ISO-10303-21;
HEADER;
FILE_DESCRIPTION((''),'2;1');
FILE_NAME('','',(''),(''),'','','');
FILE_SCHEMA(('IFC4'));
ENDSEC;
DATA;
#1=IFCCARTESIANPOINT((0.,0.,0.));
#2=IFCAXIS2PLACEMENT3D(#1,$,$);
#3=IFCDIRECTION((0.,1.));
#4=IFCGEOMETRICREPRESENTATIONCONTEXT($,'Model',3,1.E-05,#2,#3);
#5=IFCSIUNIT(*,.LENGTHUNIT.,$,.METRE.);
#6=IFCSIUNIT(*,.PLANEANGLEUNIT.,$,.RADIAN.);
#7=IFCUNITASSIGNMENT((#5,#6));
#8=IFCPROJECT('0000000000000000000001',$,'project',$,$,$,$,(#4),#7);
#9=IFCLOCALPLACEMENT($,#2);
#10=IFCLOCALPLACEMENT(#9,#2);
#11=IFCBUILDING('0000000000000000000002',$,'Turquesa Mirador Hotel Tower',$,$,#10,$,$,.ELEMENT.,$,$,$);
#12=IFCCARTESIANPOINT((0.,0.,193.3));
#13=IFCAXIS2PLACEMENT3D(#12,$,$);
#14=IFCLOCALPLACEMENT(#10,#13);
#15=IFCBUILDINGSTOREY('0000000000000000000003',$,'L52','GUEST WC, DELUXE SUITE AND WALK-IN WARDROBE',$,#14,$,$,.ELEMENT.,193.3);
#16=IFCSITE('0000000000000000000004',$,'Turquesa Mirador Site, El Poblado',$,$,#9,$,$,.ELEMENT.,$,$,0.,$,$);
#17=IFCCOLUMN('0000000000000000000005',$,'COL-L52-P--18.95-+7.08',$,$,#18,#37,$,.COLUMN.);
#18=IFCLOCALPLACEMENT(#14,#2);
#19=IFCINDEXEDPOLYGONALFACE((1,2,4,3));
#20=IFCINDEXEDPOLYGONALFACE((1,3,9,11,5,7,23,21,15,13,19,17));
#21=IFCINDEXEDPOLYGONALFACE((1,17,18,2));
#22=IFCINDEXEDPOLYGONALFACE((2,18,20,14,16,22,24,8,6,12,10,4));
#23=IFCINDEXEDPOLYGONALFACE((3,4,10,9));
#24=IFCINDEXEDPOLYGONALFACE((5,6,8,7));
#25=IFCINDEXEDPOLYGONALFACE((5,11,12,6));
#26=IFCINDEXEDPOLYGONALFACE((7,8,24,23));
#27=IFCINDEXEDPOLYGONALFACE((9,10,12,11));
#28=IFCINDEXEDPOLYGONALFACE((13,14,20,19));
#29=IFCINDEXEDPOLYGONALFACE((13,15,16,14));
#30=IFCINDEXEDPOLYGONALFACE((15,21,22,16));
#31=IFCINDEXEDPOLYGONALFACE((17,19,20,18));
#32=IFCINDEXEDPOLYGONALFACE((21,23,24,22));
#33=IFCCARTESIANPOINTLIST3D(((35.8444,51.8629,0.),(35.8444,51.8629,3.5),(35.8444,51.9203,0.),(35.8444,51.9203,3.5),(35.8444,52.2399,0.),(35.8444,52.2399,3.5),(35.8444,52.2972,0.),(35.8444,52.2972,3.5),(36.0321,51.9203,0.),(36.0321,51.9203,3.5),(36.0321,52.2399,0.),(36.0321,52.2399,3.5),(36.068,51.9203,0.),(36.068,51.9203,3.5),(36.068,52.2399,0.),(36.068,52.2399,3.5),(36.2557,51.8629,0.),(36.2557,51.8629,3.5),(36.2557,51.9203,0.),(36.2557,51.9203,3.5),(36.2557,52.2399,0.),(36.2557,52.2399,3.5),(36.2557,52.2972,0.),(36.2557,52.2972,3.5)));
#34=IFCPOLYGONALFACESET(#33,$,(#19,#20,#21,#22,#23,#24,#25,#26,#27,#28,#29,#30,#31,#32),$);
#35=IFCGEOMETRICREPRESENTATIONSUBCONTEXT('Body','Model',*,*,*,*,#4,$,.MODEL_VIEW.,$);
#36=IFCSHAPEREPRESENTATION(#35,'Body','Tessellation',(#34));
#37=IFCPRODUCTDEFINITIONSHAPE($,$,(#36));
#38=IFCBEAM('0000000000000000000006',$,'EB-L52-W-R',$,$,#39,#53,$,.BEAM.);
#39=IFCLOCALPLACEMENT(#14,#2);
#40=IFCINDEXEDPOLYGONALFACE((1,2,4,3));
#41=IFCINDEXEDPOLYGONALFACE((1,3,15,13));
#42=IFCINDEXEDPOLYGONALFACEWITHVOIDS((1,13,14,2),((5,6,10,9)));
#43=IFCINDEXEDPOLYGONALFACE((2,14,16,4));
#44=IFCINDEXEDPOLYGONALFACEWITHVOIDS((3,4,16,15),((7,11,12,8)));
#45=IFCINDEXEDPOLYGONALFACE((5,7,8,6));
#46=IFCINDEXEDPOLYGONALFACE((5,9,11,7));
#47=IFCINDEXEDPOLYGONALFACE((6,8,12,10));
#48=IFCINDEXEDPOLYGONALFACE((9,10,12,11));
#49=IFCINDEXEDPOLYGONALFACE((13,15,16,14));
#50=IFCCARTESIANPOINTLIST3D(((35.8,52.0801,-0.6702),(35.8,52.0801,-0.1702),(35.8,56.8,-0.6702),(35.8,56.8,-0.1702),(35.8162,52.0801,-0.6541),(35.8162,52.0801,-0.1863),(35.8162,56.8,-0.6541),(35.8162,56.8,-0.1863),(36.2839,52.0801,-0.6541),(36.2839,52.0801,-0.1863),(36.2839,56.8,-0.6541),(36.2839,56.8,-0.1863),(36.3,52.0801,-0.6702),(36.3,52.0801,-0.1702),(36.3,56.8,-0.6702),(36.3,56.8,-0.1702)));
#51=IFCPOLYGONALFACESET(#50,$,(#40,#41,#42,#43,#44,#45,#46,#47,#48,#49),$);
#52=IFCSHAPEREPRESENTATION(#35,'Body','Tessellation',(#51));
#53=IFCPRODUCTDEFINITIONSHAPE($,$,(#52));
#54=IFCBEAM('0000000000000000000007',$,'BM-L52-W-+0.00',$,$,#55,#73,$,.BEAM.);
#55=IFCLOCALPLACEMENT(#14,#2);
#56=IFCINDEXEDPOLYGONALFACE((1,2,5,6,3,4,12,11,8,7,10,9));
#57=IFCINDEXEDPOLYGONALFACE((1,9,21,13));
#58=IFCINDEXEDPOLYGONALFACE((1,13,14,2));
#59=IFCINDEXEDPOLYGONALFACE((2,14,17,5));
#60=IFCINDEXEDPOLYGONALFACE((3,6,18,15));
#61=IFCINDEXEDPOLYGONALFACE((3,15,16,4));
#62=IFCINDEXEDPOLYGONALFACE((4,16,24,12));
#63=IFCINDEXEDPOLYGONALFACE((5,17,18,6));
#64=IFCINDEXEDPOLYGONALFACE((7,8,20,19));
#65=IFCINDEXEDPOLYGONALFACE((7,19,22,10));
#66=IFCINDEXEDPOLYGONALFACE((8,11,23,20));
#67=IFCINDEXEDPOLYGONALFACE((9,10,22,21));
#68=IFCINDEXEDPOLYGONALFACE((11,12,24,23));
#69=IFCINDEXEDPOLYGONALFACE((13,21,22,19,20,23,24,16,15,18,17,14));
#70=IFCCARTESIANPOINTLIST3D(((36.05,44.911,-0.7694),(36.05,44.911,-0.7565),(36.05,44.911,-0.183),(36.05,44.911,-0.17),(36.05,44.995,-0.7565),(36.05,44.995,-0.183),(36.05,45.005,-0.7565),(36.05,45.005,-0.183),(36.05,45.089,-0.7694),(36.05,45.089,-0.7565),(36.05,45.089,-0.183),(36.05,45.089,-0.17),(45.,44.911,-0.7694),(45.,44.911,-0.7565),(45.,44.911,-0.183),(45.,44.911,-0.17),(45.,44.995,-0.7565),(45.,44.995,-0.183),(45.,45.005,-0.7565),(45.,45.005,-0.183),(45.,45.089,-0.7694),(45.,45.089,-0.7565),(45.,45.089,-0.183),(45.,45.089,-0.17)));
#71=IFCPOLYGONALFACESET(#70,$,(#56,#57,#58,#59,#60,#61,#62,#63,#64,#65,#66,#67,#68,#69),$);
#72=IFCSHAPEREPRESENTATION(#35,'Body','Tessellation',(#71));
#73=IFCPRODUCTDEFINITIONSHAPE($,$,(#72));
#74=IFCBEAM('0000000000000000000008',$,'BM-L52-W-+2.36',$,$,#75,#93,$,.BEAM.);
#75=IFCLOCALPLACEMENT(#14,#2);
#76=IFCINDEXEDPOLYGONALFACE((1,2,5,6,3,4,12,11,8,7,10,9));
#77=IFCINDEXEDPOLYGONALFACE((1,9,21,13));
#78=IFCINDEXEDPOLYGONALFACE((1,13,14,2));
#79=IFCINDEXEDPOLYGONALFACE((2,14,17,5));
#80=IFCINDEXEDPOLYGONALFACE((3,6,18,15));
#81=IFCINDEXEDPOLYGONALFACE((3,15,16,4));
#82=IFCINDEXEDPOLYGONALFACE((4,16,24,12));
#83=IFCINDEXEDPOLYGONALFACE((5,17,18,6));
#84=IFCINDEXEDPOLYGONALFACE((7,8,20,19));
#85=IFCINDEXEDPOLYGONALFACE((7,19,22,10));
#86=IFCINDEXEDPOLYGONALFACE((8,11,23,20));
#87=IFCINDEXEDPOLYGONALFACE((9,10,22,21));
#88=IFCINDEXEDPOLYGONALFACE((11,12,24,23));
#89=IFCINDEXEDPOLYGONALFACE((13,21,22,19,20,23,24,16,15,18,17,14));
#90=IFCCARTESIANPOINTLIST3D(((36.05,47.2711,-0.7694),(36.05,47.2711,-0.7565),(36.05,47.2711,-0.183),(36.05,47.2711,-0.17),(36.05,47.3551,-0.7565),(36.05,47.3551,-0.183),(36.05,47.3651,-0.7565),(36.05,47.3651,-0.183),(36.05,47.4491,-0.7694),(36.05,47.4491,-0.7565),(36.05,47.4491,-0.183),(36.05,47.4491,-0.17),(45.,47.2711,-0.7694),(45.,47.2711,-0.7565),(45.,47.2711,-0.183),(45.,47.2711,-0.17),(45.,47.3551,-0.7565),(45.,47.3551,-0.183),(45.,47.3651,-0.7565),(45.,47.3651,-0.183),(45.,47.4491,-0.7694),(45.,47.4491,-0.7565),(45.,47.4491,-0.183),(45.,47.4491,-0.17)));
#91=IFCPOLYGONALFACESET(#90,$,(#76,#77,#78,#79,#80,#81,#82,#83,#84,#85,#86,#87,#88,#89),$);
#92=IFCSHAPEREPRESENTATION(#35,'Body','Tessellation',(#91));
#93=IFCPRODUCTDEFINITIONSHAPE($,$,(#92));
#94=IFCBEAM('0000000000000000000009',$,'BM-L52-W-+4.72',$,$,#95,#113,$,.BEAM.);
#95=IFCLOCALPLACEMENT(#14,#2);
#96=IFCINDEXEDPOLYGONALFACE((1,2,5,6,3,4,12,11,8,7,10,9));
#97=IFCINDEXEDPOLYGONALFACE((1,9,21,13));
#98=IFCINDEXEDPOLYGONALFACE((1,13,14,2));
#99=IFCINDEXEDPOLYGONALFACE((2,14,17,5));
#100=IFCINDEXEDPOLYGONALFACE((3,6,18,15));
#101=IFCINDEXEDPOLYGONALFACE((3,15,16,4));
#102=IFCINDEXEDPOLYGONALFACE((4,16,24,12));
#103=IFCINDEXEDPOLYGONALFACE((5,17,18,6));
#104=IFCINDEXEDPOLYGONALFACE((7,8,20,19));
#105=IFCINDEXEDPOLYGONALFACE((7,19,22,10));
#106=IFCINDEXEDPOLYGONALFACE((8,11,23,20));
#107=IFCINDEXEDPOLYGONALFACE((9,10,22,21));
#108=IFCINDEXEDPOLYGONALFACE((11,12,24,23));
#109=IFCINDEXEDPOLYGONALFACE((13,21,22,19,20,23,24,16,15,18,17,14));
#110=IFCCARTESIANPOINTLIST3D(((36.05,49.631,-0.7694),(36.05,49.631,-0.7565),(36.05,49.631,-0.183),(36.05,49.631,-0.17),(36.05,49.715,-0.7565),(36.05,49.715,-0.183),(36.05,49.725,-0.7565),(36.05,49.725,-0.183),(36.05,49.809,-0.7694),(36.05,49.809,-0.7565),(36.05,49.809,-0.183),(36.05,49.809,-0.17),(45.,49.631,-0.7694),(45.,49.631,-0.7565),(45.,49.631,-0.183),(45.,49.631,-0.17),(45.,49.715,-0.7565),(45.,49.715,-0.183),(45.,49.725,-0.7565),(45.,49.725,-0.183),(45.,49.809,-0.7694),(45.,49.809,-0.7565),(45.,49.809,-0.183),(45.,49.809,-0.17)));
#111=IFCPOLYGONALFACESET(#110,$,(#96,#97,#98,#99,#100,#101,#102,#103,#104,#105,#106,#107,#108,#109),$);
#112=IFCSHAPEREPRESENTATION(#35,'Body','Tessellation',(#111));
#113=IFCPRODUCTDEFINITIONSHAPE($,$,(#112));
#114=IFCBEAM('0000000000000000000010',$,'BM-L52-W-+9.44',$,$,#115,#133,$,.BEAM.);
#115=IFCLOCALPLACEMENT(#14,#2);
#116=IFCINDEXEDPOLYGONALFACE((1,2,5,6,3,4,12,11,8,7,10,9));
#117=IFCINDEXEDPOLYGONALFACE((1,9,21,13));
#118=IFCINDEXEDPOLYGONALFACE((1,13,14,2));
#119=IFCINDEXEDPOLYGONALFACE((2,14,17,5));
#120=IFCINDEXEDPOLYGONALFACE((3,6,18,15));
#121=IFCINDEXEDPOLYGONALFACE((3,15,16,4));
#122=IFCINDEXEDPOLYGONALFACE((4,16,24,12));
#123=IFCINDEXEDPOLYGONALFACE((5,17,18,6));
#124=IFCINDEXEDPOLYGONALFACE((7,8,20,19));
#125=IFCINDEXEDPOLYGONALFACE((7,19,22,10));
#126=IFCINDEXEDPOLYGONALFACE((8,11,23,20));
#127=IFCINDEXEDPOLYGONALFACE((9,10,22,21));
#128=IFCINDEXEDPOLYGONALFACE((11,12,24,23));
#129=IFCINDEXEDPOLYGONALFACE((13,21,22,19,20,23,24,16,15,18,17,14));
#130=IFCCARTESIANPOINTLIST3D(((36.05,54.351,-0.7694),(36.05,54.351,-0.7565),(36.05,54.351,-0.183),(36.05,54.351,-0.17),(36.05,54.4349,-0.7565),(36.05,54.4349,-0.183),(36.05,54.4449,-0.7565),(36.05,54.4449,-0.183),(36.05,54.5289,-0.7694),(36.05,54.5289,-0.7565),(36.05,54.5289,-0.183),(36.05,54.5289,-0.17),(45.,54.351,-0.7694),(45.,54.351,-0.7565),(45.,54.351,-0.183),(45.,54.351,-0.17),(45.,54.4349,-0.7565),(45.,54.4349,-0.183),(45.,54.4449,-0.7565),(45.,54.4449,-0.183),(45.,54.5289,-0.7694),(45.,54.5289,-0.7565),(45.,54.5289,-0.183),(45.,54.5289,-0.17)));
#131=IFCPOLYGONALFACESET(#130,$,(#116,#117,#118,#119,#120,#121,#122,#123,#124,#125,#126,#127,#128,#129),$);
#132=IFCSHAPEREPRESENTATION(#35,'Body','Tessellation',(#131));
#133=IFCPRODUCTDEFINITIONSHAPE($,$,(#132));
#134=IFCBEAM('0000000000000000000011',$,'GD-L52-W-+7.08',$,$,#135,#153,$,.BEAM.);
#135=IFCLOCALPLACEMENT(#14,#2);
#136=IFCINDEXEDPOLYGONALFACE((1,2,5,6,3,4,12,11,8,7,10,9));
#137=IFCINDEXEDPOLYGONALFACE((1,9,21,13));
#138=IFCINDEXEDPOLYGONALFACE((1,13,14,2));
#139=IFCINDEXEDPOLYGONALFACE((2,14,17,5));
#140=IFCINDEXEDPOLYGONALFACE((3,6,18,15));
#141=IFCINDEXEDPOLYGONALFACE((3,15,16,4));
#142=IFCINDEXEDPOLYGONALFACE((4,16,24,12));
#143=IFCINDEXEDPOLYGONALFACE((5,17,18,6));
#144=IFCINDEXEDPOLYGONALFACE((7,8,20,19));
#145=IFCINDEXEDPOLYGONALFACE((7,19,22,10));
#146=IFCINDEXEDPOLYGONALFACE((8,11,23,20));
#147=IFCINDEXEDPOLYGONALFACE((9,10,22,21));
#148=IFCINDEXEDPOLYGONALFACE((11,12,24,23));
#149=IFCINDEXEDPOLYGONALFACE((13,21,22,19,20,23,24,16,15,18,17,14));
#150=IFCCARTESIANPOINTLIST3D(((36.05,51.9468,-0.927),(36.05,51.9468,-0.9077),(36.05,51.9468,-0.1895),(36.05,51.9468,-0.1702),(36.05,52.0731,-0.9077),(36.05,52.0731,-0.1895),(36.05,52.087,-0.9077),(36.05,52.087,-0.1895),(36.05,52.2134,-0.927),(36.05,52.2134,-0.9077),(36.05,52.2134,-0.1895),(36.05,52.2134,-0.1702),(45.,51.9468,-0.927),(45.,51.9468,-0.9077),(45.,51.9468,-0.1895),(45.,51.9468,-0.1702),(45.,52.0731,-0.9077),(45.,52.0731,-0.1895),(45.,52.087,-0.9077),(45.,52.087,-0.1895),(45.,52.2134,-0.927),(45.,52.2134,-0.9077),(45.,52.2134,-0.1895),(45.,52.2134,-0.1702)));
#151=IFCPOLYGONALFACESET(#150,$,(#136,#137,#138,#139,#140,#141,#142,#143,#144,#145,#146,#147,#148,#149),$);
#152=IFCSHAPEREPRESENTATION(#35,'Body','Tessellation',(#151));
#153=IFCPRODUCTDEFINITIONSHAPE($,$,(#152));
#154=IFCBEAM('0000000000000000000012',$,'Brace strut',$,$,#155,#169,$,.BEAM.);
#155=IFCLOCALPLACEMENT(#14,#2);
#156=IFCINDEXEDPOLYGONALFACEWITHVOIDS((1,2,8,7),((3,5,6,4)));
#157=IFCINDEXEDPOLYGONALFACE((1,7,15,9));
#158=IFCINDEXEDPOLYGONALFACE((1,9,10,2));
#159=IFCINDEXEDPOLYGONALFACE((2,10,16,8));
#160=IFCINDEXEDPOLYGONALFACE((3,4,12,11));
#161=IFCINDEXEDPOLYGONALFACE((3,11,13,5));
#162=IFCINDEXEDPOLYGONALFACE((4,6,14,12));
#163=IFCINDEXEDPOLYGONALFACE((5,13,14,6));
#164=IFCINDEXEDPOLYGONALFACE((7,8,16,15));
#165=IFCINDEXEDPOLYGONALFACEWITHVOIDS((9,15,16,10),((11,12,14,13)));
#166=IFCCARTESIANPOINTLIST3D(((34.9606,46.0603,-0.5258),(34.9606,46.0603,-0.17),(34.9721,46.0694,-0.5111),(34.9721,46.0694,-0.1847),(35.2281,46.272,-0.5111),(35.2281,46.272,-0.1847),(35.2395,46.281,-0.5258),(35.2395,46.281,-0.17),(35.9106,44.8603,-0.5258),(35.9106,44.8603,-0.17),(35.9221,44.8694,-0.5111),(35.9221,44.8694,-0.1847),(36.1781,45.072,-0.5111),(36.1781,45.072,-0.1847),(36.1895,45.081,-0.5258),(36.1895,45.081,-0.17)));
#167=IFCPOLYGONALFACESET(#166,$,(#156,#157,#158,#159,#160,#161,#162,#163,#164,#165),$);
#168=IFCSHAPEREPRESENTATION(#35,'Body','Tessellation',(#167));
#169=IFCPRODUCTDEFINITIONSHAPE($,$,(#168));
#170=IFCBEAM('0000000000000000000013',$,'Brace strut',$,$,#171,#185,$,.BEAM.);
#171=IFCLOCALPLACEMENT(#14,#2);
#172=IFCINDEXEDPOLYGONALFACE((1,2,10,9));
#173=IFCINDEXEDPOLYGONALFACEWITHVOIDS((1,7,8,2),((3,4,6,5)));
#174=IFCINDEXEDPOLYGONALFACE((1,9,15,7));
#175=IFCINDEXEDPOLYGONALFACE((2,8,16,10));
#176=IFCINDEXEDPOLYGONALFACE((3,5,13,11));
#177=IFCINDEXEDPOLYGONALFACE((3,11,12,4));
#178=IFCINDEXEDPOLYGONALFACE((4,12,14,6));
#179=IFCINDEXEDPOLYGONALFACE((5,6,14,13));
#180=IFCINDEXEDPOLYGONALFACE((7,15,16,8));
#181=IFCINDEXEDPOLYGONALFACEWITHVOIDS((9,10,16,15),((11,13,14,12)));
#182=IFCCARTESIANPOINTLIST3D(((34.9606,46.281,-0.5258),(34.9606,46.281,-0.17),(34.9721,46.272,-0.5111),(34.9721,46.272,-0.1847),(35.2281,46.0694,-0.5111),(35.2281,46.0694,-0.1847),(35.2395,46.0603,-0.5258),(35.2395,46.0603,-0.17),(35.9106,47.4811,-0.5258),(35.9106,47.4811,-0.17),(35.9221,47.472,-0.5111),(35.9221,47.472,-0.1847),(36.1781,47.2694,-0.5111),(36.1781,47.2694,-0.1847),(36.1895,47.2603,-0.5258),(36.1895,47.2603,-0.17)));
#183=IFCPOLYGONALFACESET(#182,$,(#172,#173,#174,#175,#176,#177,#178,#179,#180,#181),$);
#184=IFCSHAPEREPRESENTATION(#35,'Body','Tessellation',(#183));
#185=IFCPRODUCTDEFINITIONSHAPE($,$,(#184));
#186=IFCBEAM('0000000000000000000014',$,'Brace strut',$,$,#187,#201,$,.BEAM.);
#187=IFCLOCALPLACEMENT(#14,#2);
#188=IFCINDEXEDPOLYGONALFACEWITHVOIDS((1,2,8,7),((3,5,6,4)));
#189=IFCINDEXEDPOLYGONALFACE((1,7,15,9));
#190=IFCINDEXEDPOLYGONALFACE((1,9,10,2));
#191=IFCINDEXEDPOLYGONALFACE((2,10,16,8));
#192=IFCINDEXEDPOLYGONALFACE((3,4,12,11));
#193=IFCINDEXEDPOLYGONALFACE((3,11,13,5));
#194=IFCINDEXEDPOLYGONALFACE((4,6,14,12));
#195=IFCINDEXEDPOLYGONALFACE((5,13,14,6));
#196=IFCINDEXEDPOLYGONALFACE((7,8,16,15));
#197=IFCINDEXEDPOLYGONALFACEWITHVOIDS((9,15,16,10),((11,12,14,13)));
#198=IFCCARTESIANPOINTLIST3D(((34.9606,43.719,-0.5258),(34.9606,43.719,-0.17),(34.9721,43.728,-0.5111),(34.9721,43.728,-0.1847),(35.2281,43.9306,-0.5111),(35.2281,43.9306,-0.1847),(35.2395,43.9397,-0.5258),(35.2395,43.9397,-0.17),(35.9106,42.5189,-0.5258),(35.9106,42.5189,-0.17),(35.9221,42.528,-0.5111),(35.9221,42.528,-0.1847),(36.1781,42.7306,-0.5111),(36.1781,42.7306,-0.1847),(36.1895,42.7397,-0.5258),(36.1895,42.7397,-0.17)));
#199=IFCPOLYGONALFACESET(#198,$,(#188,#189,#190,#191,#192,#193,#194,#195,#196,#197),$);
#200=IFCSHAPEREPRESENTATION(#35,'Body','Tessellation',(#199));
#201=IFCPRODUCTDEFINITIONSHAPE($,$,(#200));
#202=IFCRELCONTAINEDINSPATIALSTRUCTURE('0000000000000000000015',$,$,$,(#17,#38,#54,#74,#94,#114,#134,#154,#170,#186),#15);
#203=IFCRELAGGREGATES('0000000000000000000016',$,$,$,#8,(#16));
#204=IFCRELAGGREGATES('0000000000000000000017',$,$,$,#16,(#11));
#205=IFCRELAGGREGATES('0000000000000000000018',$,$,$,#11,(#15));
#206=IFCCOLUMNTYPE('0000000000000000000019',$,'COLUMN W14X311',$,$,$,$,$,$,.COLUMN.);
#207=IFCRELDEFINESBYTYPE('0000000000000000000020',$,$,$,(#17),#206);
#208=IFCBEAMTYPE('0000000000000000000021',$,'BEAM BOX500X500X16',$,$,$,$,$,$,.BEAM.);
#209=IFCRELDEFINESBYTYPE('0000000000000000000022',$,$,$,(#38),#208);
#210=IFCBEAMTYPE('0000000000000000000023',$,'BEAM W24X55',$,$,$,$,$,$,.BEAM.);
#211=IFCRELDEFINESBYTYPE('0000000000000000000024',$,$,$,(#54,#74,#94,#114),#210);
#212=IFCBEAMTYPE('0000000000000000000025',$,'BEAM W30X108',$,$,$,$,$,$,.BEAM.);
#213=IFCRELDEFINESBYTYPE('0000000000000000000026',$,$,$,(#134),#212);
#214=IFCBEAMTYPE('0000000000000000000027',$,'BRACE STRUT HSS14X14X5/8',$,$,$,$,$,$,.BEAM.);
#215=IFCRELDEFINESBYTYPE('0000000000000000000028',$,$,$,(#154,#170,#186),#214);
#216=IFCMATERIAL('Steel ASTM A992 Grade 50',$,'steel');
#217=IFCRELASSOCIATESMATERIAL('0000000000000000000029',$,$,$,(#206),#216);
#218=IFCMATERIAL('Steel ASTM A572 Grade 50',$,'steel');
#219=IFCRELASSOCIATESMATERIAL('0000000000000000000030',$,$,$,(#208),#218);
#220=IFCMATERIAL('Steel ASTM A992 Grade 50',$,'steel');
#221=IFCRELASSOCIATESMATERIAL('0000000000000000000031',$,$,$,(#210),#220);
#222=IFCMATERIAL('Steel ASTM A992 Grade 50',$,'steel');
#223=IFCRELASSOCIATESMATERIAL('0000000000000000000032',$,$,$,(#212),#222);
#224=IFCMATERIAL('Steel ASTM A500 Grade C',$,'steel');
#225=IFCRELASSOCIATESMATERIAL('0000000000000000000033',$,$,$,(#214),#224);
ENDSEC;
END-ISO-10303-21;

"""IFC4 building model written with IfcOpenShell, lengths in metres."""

from ifc_helpers import new_model, si_unit, direction, frame, origin, origin_2d, place, context, subcontext, project, spatial, hollow_rectangle, i_section, extrude, material, material_profile, profile_set, type_object, element, save


model = new_model("IFC4")

# Units and contexts
model_context = context("Model", 3, precision=1e-05, world=origin(), true_north=direction((0.0, 1.0)))
body_context = subcontext(model_context, "Body", "Model", "MODEL_VIEW")
ifc_project = project(units=[si_unit("LENGTHUNIT", "METRE"), si_unit("PLANEANGLEUNIT", "RADIAN")], contexts=[model_context])

# Site, building, storey
site_placement = place(None, origin())
site = spatial("IfcSite", under=ifc_project, at=site_placement, Name="Turquesa Mirador Site, El Poblado", CompositionType="ELEMENT", RefElevation=0.0)
building_placement = place(site_placement, origin())
building = spatial("IfcBuilding", under=site, at=building_placement, Name="Turquesa Mirador Hotel Tower", CompositionType="ELEMENT")
storey_placement = place(building_placement, frame((0.0, 0.0, 193.3)))
storey = spatial("IfcBuildingStorey", under=building, at=storey_placement, Name="L52", Description="GUEST WC, DELUXE SUITE AND WALK-IN WARDROBE", CompositionType="ELEMENT", Elevation=193.3)

# Column
ifc_material_1 = material(Name="Steel ASTM A992 Grade 50", Category="steel")
ifc_material_profile_1 = material_profile(ifc_material_1, i_section(OverallWidth=0.4114, OverallDepth=0.4343, WebThickness=0.0359, FlangeThickness=0.0574, at=origin_2d()), Name="W14X311")
ifc_profile_set_1 = profile_set([ifc_material_profile_1], Name="Steel ASTM A992 Grade 50")
column_type = type_object("IfcColumnType", Name="COLUMN W14X311", PredefinedType="COLUMN", material=ifc_profile_set_1)
column_placement = place(storey_placement, frame((36.05, 52.0801, 0.0), z_axis=(0.0, 0.0, 1.0), x_axis=(1.0, 0.0, 0.0)))
element("IfcColumn", 1, at=column_placement, inside=storey, type_object=column_type, Name="COL-L52-P--18.95-+7.08", PredefinedType="COLUMN", context=body_context, shape_type="SweptSolid", body=[
    extrude(i_section(OverallWidth=0.4114, OverallDepth=0.4343, WebThickness=0.0359, FlangeThickness=0.0574, at=origin_2d()), origin(), (0.0, 0.0, 1.0), 3.5),
])

# Beams
ifc_material_2 = material(Name="Steel ASTM A572 Grade 50", Category="steel")
ifc_material_profile_2 = material_profile(ifc_material_2, hollow_rectangle(XDim=0.5, YDim=0.5, WallThickness=0.0161, at=origin_2d()), Name="BOX500X500X16")
ifc_profile_set_2 = profile_set([ifc_material_profile_2], Name="Steel ASTM A572 Grade 50")
beam_type_1 = type_object("IfcBeamType", Name="BEAM BOX500X500X16", PredefinedType="BEAM", material=ifc_profile_set_2)
beam_1_placement = place(storey_placement, frame((36.05, 52.0801, -0.4202), z_axis=(0.0, 1.0, 0.0), x_axis=(-1.0, 0.0, 0.0)))
element("IfcBeam", 2, at=beam_1_placement, inside=storey, type_object=beam_type_1, Name="EB-L52-W-R", PredefinedType="BEAM", context=body_context, shape_type="SweptSolid", body=[
    extrude(hollow_rectangle(XDim=0.5, YDim=0.5, WallThickness=0.0161, at=origin_2d()), origin(), (0.0, 0.0, 1.0), 4.72),
])
ifc_material_3 = material(Name="Steel ASTM A992 Grade 50", Category="steel")
ifc_material_profile_3 = material_profile(ifc_material_3, i_section(OverallWidth=0.178, OverallDepth=0.5994, WebThickness=0.01, FlangeThickness=0.0129, at=origin_2d()), Name="W24X55")
ifc_profile_set_3 = profile_set([ifc_material_profile_3], Name="Steel ASTM A992 Grade 50")
beam_type_2 = type_object("IfcBeamType", Name="BEAM W24X55", PredefinedType="BEAM", material=ifc_profile_set_3)
for number, where, z_axis, x_axis, name in (
    (3, (36.05, 45.0, -0.4697), (1.0, 0.0, 0.0), (0.0, 1.0, 0.0), "BM-L52-W-+0.00"),
    (4, (36.05, 47.3601, -0.4697), (1.0, 0.0, 0.0), (0.0, 1.0, 0.0), "BM-L52-W-+2.36"),
    (5, (36.05, 49.72, -0.4697), (1.0, 0.0, 0.0), (0.0, 1.0, 0.0), "BM-L52-W-+4.72"),
    (6, (36.05, 54.4399, -0.4697), (1.0, 0.0, 0.0), (0.0, 1.0, 0.0), "BM-L52-W-+9.44"),
):
    element("IfcBeam", number, at=place(storey_placement, frame(where, z_axis=z_axis, x_axis=x_axis)), inside=storey, type_object=beam_type_2, Name=name, PredefinedType="BEAM", context=body_context, shape_type="SweptSolid", body=[
        extrude(i_section(OverallWidth=0.178, OverallDepth=0.5994, WebThickness=0.01, FlangeThickness=0.0129, at=origin_2d()), origin(), (0.0, 0.0, 1.0), 8.95),
    ])
ifc_material_4 = material(Name="Steel ASTM A992 Grade 50", Category="steel")
ifc_material_profile_4 = material_profile(ifc_material_4, i_section(OverallWidth=0.2666, OverallDepth=0.7568, WebThickness=0.0139, FlangeThickness=0.0193, at=origin_2d()), Name="W30X108")
ifc_profile_set_4 = profile_set([ifc_material_profile_4], Name="Steel ASTM A992 Grade 50")
beam_type_3 = type_object("IfcBeamType", Name="BEAM W30X108", PredefinedType="BEAM", material=ifc_profile_set_4)
beam_2_placement = place(storey_placement, frame((36.05, 52.0801, -0.5486), z_axis=(1.0, 0.0, 0.0), x_axis=(0.0, 1.0, 0.0)))
element("IfcBeam", 7, at=beam_2_placement, inside=storey, type_object=beam_type_3, Name="GD-L52-W-+7.08", PredefinedType="BEAM", context=body_context, shape_type="SweptSolid", body=[
    extrude(i_section(OverallWidth=0.2666, OverallDepth=0.7568, WebThickness=0.0139, FlangeThickness=0.0193, at=origin_2d()), origin(), (0.0, 0.0, 1.0), 8.95),
])
ifc_material_5 = material(Name="Steel ASTM A500 Grade C", Category="steel")
ifc_material_profile_5 = material_profile(ifc_material_5, hollow_rectangle(XDim=0.3557, YDim=0.3557, WallThickness=0.0146, at=origin_2d()), Name="HSS14X14X5/8")
ifc_profile_set_5 = profile_set([ifc_material_profile_5], Name="Steel ASTM A500 Grade C")
beam_type_4 = type_object("IfcBeamType", Name="BRACE STRUT HSS14X14X5/8", PredefinedType="BEAM", material=ifc_profile_set_5)
for number, where, z_axis, x_axis, name in (
    (8, (35.1001, 46.1707, -0.3479), (0.620699, -0.784049, 0.0), (0.784049, 0.620699, 0.0), "Brace strut"),
    (9, (35.1001, 46.1707, -0.3479), (0.620699, 0.784049, 0.0), (-0.784049, 0.620699, 0.0), "Brace strut"),
    (10, (35.1001, 43.8293, -0.3479), (0.620699, -0.784049, 0.0), (0.784049, 0.620699, 0.0), "Brace strut"),
):
    element("IfcBeam", number, at=place(storey_placement, frame(where, z_axis=z_axis, x_axis=x_axis)), inside=storey, type_object=beam_type_4, Name=name, PredefinedType="BEAM", context=body_context, shape_type="SweptSolid", body=[
        extrude(hollow_rectangle(XDim=0.3557, YDim=0.3557, WallThickness=0.0146, at=origin_2d()), origin(), (0.0, 0.0, 1.0), 1.5305),
    ])

save(model, "model.ifc")
